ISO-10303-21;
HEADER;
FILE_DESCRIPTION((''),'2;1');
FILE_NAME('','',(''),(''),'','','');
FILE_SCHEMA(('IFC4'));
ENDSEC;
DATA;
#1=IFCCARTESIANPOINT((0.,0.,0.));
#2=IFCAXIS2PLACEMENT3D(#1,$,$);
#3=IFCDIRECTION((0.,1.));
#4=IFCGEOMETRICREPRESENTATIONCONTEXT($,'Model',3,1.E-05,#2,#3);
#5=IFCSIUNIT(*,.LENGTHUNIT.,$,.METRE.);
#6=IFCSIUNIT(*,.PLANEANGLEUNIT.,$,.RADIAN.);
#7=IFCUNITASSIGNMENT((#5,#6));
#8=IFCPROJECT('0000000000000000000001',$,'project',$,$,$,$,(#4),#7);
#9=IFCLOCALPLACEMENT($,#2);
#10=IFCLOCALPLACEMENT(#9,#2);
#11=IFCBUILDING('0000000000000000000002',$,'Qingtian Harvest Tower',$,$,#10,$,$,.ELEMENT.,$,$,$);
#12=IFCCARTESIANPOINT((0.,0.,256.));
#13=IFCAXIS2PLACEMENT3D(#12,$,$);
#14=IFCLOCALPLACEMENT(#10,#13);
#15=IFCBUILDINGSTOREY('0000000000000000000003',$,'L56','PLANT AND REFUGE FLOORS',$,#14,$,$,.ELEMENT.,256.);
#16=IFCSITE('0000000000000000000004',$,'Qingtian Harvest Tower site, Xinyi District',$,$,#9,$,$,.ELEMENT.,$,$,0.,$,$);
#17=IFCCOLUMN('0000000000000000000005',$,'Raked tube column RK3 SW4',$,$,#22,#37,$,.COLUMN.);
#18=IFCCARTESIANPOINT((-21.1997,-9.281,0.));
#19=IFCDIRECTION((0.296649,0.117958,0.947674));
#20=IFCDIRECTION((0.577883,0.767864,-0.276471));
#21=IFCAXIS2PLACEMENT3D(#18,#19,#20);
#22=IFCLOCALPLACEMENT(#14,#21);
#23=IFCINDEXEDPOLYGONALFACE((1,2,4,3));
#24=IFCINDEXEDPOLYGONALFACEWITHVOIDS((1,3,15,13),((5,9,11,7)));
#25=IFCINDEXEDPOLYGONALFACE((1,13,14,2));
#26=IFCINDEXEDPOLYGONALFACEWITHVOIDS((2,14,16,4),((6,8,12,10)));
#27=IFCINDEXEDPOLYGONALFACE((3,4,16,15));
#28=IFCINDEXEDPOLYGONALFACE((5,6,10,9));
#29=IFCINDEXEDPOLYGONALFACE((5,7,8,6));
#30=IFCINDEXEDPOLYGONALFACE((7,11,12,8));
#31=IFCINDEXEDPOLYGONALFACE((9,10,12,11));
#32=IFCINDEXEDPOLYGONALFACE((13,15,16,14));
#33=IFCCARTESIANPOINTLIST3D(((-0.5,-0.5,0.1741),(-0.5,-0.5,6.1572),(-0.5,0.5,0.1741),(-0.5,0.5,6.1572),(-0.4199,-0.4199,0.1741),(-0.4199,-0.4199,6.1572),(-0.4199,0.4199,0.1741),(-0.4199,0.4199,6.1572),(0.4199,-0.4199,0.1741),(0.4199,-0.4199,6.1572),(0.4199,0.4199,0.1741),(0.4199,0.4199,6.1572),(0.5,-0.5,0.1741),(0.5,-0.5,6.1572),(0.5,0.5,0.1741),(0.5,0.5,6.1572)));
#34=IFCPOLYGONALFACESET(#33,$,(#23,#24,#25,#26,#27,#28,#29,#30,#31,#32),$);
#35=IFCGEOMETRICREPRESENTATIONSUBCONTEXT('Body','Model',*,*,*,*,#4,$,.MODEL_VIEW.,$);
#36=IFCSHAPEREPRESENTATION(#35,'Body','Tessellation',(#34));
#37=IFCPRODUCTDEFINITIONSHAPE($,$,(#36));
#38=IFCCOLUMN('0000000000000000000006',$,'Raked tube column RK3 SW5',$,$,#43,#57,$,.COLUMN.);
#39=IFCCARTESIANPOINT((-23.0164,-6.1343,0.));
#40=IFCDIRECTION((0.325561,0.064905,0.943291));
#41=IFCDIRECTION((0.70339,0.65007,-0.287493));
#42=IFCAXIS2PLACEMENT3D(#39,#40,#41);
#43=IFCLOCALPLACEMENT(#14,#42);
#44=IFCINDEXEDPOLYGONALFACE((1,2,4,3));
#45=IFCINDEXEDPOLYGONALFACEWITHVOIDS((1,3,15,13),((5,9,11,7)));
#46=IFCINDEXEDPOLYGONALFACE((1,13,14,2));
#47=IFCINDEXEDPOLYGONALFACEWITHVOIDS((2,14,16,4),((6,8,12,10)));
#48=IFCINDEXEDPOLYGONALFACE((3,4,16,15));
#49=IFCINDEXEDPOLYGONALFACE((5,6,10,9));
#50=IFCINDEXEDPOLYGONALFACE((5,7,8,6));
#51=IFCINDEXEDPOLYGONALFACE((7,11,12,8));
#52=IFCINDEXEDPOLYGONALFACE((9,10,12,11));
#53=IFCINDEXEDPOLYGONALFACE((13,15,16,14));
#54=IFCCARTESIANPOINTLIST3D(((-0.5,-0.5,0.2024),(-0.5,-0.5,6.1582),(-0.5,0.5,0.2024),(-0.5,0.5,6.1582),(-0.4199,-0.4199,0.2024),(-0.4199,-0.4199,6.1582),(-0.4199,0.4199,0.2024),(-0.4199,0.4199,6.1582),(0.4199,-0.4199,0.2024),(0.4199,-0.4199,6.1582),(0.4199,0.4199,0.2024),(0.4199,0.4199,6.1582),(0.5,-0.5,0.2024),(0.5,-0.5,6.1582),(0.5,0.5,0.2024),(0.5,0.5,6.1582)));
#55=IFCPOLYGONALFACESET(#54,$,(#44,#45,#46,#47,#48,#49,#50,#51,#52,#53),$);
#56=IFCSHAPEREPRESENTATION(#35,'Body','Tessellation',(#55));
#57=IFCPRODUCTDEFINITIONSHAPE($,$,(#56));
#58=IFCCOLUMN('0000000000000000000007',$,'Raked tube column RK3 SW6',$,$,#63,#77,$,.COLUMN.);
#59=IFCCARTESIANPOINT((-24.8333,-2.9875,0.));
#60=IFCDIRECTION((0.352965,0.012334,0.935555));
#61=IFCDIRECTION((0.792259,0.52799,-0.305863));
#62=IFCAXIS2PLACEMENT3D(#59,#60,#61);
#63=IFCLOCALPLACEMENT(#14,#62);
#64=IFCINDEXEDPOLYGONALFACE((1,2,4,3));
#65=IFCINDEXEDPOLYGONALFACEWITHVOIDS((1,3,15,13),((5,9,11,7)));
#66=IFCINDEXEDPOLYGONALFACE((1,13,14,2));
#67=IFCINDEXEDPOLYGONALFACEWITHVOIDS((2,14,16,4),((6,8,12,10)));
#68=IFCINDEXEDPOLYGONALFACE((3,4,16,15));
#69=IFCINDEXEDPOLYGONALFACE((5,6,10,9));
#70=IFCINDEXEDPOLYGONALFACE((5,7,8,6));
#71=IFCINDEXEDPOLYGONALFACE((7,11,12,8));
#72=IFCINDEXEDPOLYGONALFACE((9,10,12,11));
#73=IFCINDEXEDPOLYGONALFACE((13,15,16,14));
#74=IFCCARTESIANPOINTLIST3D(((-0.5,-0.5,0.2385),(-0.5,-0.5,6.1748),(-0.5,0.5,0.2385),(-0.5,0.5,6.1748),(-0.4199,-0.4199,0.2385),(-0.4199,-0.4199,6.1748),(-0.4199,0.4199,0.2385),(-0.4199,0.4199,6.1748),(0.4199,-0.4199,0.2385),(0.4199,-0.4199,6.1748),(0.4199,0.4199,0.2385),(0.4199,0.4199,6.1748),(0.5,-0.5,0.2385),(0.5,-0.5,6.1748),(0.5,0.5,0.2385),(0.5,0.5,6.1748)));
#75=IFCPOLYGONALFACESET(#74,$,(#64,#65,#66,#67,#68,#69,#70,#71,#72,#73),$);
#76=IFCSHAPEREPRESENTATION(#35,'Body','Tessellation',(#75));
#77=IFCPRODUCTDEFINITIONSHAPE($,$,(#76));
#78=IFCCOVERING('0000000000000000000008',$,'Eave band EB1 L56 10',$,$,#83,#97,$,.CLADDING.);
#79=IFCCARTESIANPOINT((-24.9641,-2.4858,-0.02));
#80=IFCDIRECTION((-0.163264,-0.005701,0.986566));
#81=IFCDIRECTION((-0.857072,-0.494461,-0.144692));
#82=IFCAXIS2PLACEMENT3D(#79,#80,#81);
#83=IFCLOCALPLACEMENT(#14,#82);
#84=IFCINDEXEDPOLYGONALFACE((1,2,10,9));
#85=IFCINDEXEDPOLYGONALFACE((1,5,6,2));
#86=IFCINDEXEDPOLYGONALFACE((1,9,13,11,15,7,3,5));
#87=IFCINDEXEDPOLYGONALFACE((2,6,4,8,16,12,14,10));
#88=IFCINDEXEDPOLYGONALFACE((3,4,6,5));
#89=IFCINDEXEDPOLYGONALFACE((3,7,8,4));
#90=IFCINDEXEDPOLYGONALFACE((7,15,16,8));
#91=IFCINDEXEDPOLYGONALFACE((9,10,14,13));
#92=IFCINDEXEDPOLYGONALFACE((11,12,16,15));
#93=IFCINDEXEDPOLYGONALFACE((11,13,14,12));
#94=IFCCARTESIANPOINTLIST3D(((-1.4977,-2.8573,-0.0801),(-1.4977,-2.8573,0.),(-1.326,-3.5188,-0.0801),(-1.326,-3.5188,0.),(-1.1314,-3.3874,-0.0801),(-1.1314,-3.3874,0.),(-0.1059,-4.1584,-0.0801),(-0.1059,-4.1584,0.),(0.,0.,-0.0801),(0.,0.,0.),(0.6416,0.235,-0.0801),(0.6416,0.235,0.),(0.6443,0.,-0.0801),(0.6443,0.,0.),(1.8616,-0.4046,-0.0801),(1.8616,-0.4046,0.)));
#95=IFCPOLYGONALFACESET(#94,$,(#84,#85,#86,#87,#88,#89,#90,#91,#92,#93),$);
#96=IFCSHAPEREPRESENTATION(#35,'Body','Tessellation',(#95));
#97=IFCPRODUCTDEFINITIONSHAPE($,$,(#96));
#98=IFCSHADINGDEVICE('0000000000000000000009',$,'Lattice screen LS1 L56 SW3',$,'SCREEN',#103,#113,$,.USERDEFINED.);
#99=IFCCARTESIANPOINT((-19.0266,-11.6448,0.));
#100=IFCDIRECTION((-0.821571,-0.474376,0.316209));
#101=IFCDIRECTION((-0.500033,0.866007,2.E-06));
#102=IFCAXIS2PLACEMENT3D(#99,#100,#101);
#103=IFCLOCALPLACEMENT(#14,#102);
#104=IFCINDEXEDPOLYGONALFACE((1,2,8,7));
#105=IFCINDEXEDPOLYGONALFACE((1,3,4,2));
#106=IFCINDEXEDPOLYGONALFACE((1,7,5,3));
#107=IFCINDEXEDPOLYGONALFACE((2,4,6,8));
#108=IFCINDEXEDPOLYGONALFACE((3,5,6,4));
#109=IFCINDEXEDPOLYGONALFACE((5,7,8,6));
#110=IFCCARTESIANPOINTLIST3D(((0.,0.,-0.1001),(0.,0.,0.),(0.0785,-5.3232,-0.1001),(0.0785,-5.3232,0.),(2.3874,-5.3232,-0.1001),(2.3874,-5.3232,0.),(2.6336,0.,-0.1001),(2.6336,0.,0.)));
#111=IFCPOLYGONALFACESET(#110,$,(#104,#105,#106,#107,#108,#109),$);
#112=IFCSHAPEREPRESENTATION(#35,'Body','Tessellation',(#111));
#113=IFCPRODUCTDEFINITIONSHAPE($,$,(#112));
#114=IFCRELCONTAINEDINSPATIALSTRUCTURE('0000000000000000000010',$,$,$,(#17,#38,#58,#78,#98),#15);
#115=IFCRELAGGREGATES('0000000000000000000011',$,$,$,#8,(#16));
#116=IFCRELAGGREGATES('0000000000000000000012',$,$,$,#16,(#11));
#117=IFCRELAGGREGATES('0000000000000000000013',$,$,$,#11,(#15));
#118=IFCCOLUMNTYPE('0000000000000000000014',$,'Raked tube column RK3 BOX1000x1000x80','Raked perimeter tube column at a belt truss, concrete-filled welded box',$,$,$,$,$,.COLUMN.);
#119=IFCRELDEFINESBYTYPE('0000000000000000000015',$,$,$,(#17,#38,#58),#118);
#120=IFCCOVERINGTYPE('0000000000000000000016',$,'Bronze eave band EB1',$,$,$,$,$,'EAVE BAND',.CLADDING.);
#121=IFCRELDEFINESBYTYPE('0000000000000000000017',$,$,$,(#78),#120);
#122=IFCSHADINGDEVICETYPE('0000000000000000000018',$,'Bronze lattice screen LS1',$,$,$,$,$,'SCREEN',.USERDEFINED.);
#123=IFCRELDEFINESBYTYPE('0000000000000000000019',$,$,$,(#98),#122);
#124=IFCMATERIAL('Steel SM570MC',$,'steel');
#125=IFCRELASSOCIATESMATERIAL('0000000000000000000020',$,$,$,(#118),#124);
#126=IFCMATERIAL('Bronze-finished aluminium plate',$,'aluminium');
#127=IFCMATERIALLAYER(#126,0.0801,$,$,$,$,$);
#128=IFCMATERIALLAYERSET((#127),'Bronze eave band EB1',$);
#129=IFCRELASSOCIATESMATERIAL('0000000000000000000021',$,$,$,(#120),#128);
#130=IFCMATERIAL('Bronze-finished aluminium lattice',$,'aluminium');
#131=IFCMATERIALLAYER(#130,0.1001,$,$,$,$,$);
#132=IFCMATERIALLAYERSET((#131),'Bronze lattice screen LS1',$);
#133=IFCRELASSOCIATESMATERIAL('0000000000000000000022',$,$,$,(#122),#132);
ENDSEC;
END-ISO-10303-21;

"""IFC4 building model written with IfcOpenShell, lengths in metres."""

from ifc_helpers import new_model, si_unit, direction, frame, origin, origin_2d, place, context, subcontext, project, spatial, polyline, hollow_rectangle, outline, extrude, clip, halfspace, material, layer, layer_set, material_profile, profile_set, type_object, element, save


model = new_model("IFC4")

# Units and contexts
model_context = context("Model", 3, precision=1e-05, world=origin(), true_north=direction((0.0, 1.0)))
body_context = subcontext(model_context, "Body", "Model", "MODEL_VIEW")
ifc_project = project(units=[si_unit("LENGTHUNIT", "METRE"), si_unit("PLANEANGLEUNIT", "RADIAN")], contexts=[model_context])

# Site, building, storey
site_placement = place(None, origin())
site = spatial("IfcSite", under=ifc_project, at=site_placement, Name="Qingtian Harvest Tower site, Xinyi District", CompositionType="ELEMENT", RefElevation=0.0)
building_placement = place(site_placement, origin())
building = spatial("IfcBuilding", under=site, at=building_placement, Name="Qingtian Harvest Tower", CompositionType="ELEMENT")
storey_placement = place(building_placement, frame((0.0, 0.0, 256.0)))
storey = spatial("IfcBuildingStorey", under=building, at=storey_placement, Name="L56", Description="PLANT AND REFUGE FLOORS", CompositionType="ELEMENT", Elevation=256.0)

# Columns
ifc_material_1 = material(Name="Steel SM570MC", Category="steel")
ifc_material_profile_1 = material_profile(ifc_material_1, hollow_rectangle(XDim=1.0, YDim=1.0, WallThickness=0.0801, at=origin_2d()), Name="BOX1000x1000x80")
ifc_profile_set_1 = profile_set([ifc_material_profile_1], Name="Steel SM570MC")
column_type = type_object("IfcColumnType", Name="Raked tube column RK3 BOX1000x1000x80", Description="Raked perimeter tube column at a belt truss, concrete-filled welded box", PredefinedType="COLUMN", material=ifc_profile_set_1)
column_1_placement = place(storey_placement, frame((-21.1997, -9.281, 0.0), z_axis=(0.296649, 0.117958, 0.947674), x_axis=(0.577883, 0.767864, -0.276471)))
element("IfcColumn", 1, at=column_1_placement, inside=storey, type_object=column_type, Name="Raked tube column RK3 SW4", PredefinedType="COLUMN", context=body_context, shape_type="Clipping", body=[
    clip(clip(extrude(hollow_rectangle(XDim=1.0, YDim=1.0, WallThickness=0.0801, at=origin_2d()), origin(), (0.0, 0.0, 1.0), 6.3313), halfspace(frame((0.0, 0.0, 0.1741), z_axis=(0.0, 0.0, -1.0), x_axis=(0.0, -1.0, 0.0)), False)), halfspace(frame((0.0, 0.0, 6.1572), z_axis=(0.0, 0.0, 1.0), x_axis=(0.0, 1.0, 0.0)), False)),
])
column_2_placement = place(storey_placement, frame((-23.0164, -6.1343, 0.0), z_axis=(0.325561, 0.064905, 0.943291), x_axis=(0.70339, 0.65007, -0.287493)))
element("IfcColumn", 2, at=column_2_placement, inside=storey, type_object=column_type, Name="Raked tube column RK3 SW5", PredefinedType="COLUMN", context=body_context, shape_type="Clipping", body=[
    clip(clip(extrude(hollow_rectangle(XDim=1.0, YDim=1.0, WallThickness=0.0801, at=origin_2d()), origin(), (0.0, 0.0, 1.0), 6.3606), halfspace(frame((0.0, 0.0, 0.2024), z_axis=(0.0, 0.0, -1.0), x_axis=(0.0, -1.0, 0.0)), False)), halfspace(frame((0.0, 0.0, 6.1582), z_axis=(0.0, 0.0, 1.0), x_axis=(0.0, 1.0, 0.0)), False)),
])
column_3_placement = place(storey_placement, frame((-24.8333, -2.9875, 0.0), z_axis=(0.352965, 0.012334, 0.935555), x_axis=(0.792259, 0.52799, -0.305863)))
element("IfcColumn", 3, at=column_3_placement, inside=storey, type_object=column_type, Name="Raked tube column RK3 SW6", PredefinedType="COLUMN", context=body_context, shape_type="Clipping", body=[
    clip(clip(extrude(hollow_rectangle(XDim=1.0, YDim=1.0, WallThickness=0.0801, at=origin_2d()), origin(), (0.0, 0.0, 1.0), 6.4133), halfspace(frame((0.0, 0.0, 0.2385), z_axis=(0.0, 0.0, -1.0), x_axis=(0.0, -1.0, 0.0)), False)), halfspace(frame((0.0, 0.0, 6.1748), z_axis=(0.0, 0.0, 1.0), x_axis=(0.0, 1.0, 0.0)), False)),
])

# Covering
ifc_material_2 = material(Name="Bronze-finished aluminium plate", Category="aluminium")
ifc_layer_1 = layer(ifc_material_2, 0.0801)
ifc_layer_set_1 = layer_set([ifc_layer_1], Name="Bronze eave band EB1")
covering_type = type_object("IfcCoveringType", Name="Bronze eave band EB1", ElementType="EAVE BAND", PredefinedType="CLADDING", material=ifc_layer_set_1)
covering_placement = place(storey_placement, frame((-24.9641, -2.4858, -0.02), z_axis=(-0.163264, -0.005701, 0.986566), x_axis=(-0.857072, -0.494461, -0.144692)))
element("IfcCovering", 4, at=covering_placement, inside=storey, type_object=covering_type, Name="Eave band EB1 L56 10", PredefinedType="CLADDING", context=body_context, shape_type="SweptSolid", body=[
    extrude(outline(polyline([(0.0, 0.0), (0.6443, 0.0), (0.6416, 0.235), (1.8616, -0.4046), (-0.1059, -4.1584), (-1.326, -3.5188), (-1.1314, -3.3874), (-1.4977, -2.8573), (0.0, 0.0)])), origin(), (0.0, 0.0, -1.0), 0.0801),
])

# Shading device
ifc_material_3 = material(Name="Bronze-finished aluminium lattice", Category="aluminium")
ifc_layer_2 = layer(ifc_material_3, 0.1001)
ifc_layer_set_2 = layer_set([ifc_layer_2], Name="Bronze lattice screen LS1")
shading_device_type = type_object("IfcShadingDeviceType", Name="Bronze lattice screen LS1", ElementType="SCREEN", PredefinedType="USERDEFINED", material=ifc_layer_set_2)
shading_device_1_placement = place(storey_placement, frame((-19.0266, -11.6448, 0.0), z_axis=(-0.821571, -0.474376, 0.316209), x_axis=(-0.500033, 0.866007, 0.000002)))
element("IfcShadingDevice", 5, at=shading_device_1_placement, inside=storey, type_object=shading_device_type, Name="Lattice screen LS1 L56 SW3", ObjectType="SCREEN", PredefinedType="USERDEFINED", context=body_context, shape_type="SweptSolid", body=[
    extrude(outline(polyline([(0.0, 0.0), (2.6336, 0.0), (2.3874, -5.3232), (0.0785, -5.3232), (0.0, 0.0)])), origin(), (0.0, 0.0, -1.0), 0.1001),
])

save(model, "model.ifc")
